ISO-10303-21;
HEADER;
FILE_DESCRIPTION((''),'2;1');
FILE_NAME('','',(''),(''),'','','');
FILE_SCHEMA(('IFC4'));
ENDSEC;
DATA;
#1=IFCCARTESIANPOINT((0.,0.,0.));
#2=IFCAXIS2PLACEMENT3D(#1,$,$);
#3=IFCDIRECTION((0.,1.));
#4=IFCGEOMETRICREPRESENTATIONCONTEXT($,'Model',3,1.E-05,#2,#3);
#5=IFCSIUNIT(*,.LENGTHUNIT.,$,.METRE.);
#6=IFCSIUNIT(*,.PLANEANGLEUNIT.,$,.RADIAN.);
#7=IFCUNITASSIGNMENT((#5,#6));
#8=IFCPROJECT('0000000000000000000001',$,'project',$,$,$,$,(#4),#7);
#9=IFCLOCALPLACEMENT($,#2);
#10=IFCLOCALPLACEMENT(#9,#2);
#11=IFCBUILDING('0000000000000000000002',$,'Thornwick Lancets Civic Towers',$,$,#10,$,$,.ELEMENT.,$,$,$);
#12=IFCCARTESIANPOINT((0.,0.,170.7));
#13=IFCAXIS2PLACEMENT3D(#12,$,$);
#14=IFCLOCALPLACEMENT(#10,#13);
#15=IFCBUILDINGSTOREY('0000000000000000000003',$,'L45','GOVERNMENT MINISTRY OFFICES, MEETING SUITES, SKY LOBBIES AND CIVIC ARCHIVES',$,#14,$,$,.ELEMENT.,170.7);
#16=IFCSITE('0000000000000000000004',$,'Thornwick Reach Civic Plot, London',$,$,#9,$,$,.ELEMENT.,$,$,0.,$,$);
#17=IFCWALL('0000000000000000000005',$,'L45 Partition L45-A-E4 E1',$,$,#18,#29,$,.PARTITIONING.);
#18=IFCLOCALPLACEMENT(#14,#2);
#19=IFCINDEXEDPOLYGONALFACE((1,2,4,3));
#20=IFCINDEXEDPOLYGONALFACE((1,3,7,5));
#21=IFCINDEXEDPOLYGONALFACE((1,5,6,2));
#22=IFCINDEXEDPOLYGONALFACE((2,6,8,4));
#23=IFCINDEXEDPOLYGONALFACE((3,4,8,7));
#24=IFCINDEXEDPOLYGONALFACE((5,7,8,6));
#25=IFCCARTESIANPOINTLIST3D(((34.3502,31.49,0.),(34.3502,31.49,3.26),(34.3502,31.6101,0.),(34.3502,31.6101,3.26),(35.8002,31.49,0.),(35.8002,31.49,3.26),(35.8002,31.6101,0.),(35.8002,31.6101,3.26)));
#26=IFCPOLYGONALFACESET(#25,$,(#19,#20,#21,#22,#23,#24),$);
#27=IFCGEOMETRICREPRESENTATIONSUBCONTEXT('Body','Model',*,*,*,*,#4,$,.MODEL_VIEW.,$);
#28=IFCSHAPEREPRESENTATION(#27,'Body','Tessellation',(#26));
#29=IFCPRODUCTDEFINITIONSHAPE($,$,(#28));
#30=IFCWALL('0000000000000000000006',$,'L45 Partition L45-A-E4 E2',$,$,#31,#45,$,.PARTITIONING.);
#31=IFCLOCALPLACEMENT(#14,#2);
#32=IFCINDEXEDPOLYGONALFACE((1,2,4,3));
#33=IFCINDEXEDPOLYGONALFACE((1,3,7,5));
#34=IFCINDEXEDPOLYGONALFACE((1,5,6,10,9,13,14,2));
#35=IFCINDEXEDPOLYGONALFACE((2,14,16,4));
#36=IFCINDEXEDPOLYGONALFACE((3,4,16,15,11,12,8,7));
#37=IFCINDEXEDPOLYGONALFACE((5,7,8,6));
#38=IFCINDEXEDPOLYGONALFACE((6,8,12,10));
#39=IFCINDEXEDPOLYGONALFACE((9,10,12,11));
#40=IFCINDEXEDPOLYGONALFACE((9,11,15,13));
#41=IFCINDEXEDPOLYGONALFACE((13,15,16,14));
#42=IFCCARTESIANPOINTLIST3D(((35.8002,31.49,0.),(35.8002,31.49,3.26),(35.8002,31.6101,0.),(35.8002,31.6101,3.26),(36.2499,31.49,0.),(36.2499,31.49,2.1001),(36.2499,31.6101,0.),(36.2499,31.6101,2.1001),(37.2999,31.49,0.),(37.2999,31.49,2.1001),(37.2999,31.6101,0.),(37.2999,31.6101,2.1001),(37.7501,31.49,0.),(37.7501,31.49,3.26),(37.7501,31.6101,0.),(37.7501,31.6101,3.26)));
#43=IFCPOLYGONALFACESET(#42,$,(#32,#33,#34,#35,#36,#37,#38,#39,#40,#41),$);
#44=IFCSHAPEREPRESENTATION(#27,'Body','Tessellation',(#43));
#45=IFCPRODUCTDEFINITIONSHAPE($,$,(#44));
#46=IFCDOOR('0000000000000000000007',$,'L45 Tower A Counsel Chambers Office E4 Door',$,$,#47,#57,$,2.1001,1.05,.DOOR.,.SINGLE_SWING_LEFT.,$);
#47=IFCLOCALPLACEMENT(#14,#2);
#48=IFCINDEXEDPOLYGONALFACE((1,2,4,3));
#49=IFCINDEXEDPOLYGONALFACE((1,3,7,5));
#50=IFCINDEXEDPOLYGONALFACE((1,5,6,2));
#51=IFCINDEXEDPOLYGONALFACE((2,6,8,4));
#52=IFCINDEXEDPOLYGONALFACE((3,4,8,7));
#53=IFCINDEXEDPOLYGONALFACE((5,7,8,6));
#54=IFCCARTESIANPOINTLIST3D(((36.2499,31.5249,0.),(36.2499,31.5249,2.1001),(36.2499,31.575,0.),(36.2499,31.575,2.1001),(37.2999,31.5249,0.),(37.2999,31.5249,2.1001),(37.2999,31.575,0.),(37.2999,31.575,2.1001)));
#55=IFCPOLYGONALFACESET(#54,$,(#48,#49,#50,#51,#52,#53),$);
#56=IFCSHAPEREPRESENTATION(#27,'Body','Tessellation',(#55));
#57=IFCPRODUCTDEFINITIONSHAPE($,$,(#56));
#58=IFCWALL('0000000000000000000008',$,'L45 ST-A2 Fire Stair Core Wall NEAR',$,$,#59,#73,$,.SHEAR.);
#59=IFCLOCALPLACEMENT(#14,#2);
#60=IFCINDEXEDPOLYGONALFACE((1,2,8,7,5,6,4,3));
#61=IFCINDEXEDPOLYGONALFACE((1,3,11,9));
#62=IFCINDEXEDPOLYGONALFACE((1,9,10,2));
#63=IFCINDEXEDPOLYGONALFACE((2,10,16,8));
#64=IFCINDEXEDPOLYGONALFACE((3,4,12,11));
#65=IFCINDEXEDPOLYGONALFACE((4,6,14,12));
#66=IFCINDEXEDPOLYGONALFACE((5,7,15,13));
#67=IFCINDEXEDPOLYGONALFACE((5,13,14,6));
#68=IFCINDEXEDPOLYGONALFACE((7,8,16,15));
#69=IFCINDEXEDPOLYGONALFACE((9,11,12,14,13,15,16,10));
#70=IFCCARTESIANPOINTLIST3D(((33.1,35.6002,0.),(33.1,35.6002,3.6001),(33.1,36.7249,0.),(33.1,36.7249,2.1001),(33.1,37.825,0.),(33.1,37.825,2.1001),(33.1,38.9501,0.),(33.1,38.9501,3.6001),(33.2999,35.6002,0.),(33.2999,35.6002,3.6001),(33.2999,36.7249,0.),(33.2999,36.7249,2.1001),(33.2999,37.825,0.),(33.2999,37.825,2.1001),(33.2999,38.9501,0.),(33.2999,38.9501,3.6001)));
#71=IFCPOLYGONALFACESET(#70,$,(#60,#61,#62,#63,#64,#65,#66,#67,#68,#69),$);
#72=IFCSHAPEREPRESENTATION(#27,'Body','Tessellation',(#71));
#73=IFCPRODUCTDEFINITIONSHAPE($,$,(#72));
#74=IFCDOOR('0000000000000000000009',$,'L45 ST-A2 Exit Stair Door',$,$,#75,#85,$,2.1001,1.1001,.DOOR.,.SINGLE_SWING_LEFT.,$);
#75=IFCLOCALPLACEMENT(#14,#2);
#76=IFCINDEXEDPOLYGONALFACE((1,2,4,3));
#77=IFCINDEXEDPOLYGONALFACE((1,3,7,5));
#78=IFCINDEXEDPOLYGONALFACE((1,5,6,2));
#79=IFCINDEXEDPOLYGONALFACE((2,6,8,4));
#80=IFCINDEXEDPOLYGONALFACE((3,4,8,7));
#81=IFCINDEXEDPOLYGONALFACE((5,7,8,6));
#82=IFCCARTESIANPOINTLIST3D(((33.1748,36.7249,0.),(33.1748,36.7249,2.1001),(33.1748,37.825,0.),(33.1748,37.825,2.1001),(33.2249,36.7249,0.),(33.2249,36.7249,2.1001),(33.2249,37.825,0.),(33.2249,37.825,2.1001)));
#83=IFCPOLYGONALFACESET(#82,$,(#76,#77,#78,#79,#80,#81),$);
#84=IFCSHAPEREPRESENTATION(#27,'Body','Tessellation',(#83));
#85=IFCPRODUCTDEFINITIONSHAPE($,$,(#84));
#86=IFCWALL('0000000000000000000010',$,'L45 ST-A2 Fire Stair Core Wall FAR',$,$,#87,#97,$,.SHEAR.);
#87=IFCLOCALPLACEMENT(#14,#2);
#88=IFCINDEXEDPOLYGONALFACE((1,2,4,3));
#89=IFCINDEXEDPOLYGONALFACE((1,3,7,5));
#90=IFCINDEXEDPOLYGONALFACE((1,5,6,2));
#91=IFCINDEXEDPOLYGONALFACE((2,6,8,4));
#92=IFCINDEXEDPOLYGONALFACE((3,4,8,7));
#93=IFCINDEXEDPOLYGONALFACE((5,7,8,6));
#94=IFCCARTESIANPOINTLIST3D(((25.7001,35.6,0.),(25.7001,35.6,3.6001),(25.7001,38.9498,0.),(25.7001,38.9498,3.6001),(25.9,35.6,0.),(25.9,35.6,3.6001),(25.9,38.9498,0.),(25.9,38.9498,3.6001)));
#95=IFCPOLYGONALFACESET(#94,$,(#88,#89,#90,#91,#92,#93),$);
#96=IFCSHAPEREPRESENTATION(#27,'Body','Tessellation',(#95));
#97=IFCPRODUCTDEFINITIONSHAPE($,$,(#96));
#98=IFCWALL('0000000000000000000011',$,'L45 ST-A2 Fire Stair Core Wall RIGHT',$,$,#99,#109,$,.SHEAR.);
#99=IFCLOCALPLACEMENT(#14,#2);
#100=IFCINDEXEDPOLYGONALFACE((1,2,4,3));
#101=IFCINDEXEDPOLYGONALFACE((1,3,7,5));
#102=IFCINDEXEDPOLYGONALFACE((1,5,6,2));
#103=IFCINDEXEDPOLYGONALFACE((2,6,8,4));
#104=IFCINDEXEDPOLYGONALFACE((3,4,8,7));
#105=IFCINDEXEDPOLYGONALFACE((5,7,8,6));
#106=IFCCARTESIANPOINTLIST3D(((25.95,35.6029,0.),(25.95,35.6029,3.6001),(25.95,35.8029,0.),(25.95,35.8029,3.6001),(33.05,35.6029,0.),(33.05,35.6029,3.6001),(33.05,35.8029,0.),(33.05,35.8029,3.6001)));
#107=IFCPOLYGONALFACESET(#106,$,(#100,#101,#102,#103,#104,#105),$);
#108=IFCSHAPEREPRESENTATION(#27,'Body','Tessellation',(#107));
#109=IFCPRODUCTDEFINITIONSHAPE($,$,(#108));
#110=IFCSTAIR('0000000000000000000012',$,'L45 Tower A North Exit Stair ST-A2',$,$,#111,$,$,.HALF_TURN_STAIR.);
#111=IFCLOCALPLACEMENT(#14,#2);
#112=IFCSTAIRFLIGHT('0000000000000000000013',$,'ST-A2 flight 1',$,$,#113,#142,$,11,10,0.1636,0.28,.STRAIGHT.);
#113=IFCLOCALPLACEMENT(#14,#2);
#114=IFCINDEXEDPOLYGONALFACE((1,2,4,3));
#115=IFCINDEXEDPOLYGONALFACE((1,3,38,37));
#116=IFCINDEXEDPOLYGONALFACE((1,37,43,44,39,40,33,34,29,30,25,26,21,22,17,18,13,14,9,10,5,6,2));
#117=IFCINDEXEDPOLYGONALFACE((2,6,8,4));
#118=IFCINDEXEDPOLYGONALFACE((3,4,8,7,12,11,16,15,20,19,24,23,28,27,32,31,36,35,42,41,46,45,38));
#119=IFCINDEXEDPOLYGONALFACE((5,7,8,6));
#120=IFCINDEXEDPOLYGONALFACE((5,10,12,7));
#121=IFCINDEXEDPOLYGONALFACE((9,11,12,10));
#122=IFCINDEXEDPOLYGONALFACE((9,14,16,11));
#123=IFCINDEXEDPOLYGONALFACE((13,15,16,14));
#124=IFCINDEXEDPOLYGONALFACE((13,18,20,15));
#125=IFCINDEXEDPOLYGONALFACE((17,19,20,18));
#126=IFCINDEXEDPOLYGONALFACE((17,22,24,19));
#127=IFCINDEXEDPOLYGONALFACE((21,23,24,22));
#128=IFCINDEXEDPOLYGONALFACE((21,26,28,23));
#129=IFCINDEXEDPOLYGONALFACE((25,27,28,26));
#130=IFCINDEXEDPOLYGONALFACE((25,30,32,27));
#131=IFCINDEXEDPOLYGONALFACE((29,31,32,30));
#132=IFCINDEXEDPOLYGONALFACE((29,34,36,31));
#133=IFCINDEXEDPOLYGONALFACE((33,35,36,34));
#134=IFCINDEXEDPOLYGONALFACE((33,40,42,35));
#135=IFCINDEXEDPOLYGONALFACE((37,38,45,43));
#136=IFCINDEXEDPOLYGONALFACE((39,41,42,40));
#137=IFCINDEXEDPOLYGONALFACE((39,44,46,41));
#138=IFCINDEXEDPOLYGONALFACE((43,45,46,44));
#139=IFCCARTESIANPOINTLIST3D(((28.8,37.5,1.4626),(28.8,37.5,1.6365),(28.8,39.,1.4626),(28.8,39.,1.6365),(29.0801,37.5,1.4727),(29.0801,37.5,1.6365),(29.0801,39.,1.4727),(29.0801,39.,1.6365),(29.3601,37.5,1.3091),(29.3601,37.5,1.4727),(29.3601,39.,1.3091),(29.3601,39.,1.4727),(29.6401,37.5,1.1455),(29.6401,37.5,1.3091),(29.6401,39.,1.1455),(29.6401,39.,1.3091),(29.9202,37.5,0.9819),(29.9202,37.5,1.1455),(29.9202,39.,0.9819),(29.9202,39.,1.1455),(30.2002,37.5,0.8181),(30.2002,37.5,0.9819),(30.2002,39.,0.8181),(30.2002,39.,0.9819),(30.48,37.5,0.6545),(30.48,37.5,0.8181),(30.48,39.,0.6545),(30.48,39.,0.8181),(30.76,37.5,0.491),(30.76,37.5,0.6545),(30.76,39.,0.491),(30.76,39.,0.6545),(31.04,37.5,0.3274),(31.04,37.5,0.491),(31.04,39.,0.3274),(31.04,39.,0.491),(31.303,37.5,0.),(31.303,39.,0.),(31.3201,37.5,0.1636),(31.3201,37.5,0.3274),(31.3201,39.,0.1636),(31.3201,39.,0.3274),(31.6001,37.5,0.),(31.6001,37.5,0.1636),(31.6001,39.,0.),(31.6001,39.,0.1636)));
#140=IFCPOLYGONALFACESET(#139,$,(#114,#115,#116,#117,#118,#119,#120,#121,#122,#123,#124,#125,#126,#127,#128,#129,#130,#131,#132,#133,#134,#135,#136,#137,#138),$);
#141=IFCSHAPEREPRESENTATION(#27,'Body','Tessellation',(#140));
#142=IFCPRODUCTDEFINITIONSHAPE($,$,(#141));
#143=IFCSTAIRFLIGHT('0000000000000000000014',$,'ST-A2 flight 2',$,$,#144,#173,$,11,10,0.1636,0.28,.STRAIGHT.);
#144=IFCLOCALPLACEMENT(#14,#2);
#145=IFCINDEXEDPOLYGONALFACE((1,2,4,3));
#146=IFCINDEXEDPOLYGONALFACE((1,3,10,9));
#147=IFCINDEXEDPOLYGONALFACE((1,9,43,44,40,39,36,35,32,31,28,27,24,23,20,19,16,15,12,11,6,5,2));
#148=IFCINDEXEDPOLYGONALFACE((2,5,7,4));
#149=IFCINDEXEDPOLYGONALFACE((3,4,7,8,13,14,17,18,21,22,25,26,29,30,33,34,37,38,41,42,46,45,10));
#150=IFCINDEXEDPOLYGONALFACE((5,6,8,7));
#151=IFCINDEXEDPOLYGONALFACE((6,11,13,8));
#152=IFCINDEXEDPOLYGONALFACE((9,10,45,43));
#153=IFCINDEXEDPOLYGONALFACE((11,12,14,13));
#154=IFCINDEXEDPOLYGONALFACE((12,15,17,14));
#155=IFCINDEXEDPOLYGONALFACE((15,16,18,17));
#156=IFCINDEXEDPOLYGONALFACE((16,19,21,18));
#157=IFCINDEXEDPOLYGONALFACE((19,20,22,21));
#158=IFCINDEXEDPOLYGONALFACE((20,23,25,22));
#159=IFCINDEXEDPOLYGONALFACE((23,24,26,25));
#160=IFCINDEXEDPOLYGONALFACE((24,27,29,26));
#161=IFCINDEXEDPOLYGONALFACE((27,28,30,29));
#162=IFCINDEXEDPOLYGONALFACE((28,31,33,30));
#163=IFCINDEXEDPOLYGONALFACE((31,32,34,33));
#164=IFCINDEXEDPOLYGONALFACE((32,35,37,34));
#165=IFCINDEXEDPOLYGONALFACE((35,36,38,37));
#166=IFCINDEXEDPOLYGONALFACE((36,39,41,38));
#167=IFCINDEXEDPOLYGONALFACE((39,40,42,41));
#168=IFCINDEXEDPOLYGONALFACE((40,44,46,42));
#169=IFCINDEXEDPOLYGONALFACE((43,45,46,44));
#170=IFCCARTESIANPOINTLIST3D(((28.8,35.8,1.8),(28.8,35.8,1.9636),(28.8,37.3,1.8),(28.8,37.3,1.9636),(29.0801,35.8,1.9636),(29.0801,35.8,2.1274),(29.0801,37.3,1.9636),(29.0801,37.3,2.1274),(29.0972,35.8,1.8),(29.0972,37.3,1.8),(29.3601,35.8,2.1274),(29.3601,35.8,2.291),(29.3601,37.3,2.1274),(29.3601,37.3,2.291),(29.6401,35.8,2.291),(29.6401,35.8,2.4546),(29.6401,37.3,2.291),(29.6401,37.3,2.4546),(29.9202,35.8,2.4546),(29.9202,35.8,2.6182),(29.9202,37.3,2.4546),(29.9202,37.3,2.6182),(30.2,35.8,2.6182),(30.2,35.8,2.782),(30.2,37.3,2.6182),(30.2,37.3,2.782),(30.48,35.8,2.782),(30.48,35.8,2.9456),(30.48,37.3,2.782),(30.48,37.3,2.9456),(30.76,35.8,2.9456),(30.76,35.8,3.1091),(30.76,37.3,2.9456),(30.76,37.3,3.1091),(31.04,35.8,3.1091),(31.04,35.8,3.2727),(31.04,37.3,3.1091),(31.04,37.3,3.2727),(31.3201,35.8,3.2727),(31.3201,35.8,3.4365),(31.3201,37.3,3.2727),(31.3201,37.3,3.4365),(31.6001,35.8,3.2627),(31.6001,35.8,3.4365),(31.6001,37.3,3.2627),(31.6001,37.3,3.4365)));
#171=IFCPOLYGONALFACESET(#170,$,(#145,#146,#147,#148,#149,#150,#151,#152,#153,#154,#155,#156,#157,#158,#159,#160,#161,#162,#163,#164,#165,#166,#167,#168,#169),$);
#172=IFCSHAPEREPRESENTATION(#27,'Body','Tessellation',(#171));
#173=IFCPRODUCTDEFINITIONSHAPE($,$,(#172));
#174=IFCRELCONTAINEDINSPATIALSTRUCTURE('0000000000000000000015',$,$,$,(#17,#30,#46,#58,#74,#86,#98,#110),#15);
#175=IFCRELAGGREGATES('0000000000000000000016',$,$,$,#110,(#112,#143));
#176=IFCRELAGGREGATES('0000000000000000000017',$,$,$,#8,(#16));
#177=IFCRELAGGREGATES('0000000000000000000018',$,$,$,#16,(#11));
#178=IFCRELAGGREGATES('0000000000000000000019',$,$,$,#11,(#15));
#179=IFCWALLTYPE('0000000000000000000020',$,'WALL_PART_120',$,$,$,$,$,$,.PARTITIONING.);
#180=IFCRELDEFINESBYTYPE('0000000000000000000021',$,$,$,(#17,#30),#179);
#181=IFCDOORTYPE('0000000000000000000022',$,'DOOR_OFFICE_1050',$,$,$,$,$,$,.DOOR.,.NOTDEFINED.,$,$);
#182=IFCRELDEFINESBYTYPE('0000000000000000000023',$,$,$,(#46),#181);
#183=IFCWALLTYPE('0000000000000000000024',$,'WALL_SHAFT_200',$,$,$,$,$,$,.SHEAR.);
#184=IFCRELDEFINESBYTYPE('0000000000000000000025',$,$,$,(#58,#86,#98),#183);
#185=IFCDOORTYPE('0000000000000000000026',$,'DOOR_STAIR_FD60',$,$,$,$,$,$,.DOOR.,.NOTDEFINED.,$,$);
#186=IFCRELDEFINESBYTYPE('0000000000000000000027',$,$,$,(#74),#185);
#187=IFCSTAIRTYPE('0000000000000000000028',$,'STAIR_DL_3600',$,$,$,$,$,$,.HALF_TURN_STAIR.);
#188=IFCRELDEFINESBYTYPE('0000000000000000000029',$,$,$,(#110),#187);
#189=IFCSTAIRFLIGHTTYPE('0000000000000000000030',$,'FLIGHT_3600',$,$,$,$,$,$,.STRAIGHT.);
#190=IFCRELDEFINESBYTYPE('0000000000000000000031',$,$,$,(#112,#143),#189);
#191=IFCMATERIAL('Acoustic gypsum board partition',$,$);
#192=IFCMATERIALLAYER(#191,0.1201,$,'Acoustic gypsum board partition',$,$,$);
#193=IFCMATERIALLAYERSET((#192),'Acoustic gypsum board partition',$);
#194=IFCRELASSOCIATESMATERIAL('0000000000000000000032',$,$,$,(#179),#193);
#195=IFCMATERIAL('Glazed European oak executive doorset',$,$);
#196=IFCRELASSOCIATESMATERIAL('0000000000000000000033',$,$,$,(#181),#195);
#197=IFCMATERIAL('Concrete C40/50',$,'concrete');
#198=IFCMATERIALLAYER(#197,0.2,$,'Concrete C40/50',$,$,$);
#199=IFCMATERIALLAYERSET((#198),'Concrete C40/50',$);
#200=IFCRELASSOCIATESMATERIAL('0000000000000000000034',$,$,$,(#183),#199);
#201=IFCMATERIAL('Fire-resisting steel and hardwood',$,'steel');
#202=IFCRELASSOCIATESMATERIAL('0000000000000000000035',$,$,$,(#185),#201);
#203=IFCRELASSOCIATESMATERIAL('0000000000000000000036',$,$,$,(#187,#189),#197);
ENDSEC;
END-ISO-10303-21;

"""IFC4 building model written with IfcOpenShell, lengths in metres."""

from ifc_helpers import new_model, si_unit, direction, frame, frame_2d, origin, place, context, subcontext, project, spatial, polyline, rectangle, outline, extrude, material, layer, layer_set, type_object, element, fill, aggregate, save


model = new_model("IFC4")

# Units and contexts
model_context = context("Model", 3, precision=1e-05, world=origin(), true_north=direction((0.0, 1.0)))
body_context = subcontext(model_context, "Body", "Model", "MODEL_VIEW")
ifc_project = project(units=[si_unit("LENGTHUNIT", "METRE"), si_unit("PLANEANGLEUNIT", "RADIAN")], contexts=[model_context])

# Site, building, storey
site_placement = place(None, origin())
site = spatial("IfcSite", under=ifc_project, at=site_placement, Name="Thornwick Reach Civic Plot, London", CompositionType="ELEMENT", RefElevation=0.0)
building_placement = place(site_placement, origin())
building = spatial("IfcBuilding", under=site, at=building_placement, Name="Thornwick Lancets Civic Towers", CompositionType="ELEMENT")
storey_placement = place(building_placement, frame((0.0, 0.0, 170.7)))
storey = spatial("IfcBuildingStorey", under=building, at=storey_placement, Name="L45", Description="GOVERNMENT MINISTRY OFFICES, MEETING SUITES, SKY LOBBIES AND CIVIC ARCHIVES", CompositionType="ELEMENT", Elevation=170.7)

# Shared definitions
ifc_material_1 = material(Name="Concrete C40/50", Category="concrete")

# Wall
ifc_material_2 = material(Name="Acoustic gypsum board partition")
ifc_layer_1 = layer(ifc_material_2, 0.1201, Name="Acoustic gypsum board partition")
ifc_layer_set_1 = layer_set([ifc_layer_1], Name="Acoustic gypsum board partition")
wall_type_1 = type_object("IfcWallType", Name="WALL_PART_120", PredefinedType="PARTITIONING", material=ifc_layer_set_1)
wall_1_placement = place(storey_placement, frame((34.3501, 31.55, 0.0), z_axis=(0.0, 0.0, 1.0), x_axis=(1.0, 0.0, 0.0)))
element("IfcWall", 1, at=wall_1_placement, inside=storey, type_object=wall_type_1, Name="L45 Partition L45-A-E4 E1", PredefinedType="PARTITIONING", context=body_context, shape_type="SweptSolid", body=[
    extrude(rectangle(XDim=1.45, YDim=0.1201, at=frame_2d((0.7251, 0.0))), origin(), (0.0, 0.0, 1.0), 3.26),
])

# Walls, openings, doors
wall_2_placement = place(storey_placement, frame((35.8, 31.55, 0.0), z_axis=(0.0, 0.0, 1.0), x_axis=(1.0, 0.0, 0.0)))
wall_2 = element("IfcWall", 2, at=wall_2_placement, inside=storey, type_object=wall_type_1, Name="L45 Partition L45-A-E4 E2", PredefinedType="PARTITIONING", context=body_context, shape_type="SweptSolid", body=[
    extrude(rectangle(XDim=1.95, YDim=0.1201, at=frame_2d((0.9751, 0.0))), origin(), (0.0, 0.0, 1.0), 3.26),
])
opening_1_placement = place(wall_2_placement, frame((0.45, 0.0, 0.0)))
opening_1 = element("IfcOpeningElement", 3, at=opening_1_placement, cuts=wall_2, PredefinedType="OPENING", context=body_context, shape_type="SweptSolid", body=[
    extrude(rectangle(XDim=1.05, YDim=2.1001, at=frame_2d((0.5249, 1.05))), frame((0.0, 0.0701, 0.0), z_axis=(0.0, -1.0, 0.0), x_axis=(1.0, 0.0, 0.0)), (0.0, 0.0, 1.0), 0.1401),
])
ifc_material_3 = material(Name="Glazed European oak executive doorset")
door_type_1 = type_object("IfcDoorType", Name="DOOR_OFFICE_1050", OperationType="NOTDEFINED", PredefinedType="DOOR", material=ifc_material_3)
door_1_placement = place(opening_1_placement, origin())
door_1 = element("IfcDoor", 4, at=door_1_placement, inside=storey, type_object=door_type_1, Name="L45 Tower A Counsel Chambers Office E4 Door", OperationType="SINGLE_SWING_LEFT", OverallHeight=2.1001, OverallWidth=1.05, PredefinedType="DOOR", context=body_context, shape_type="SweptSolid", body=[
    extrude(rectangle(XDim=1.05, YDim=2.1001, at=frame_2d((0.5249, 1.05))), frame((0.0, 0.0249, 0.0), z_axis=(0.0, -1.0, 0.0), x_axis=(1.0, 0.0, 0.0)), (0.0, 0.0, 1.0), 0.05),
])
fill(opening_1, door_1)
ifc_layer_2 = layer(ifc_material_1, 0.2, Name="Concrete C40/50")
ifc_layer_set_2 = layer_set([ifc_layer_2], Name="Concrete C40/50")
wall_type_2 = type_object("IfcWallType", Name="WALL_SHAFT_200", PredefinedType="SHEAR", material=ifc_layer_set_2)
wall_3_placement = place(storey_placement, frame((33.2, 38.95, 0.0), z_axis=(0.0, 0.0, 1.0), x_axis=(0.0, -1.0, 0.0)))
wall_3 = element("IfcWall", 5, at=wall_3_placement, inside=storey, type_object=wall_type_2, Name="L45 ST-A2 Fire Stair Core Wall NEAR", PredefinedType="SHEAR", context=body_context, shape_type="SweptSolid", body=[
    extrude(rectangle(XDim=3.3499, YDim=0.2, at=frame_2d((1.6748, 0.0))), origin(), (0.0, 0.0, 1.0), 3.6001),
])
opening_2_placement = place(wall_3_placement, frame((1.125, 0.0, 0.0)))
opening_2 = element("IfcOpeningElement", 6, at=opening_2_placement, cuts=wall_3, PredefinedType="OPENING", context=body_context, shape_type="SweptSolid", body=[
    extrude(rectangle(XDim=1.1001, YDim=2.1001, at=frame_2d((0.55, 1.05))), frame((0.0, 0.1099, 0.0), z_axis=(0.0, -1.0, 0.0), x_axis=(1.0, 0.0, 0.0)), (0.0, 0.0, 1.0), 0.22),
])
ifc_material_4 = material(Name="Fire-resisting steel and hardwood", Category="steel")
door_type_2 = type_object("IfcDoorType", Name="DOOR_STAIR_FD60", OperationType="NOTDEFINED", PredefinedType="DOOR", material=ifc_material_4)
door_2_placement = place(opening_2_placement, origin())
door_2 = element("IfcDoor", 7, at=door_2_placement, inside=storey, type_object=door_type_2, Name="L45 ST-A2 Exit Stair Door", OperationType="SINGLE_SWING_LEFT", OverallHeight=2.1001, OverallWidth=1.1001, PredefinedType="DOOR", context=body_context, shape_type="SweptSolid", body=[
    extrude(rectangle(XDim=1.1001, YDim=2.1001, at=frame_2d((0.55, 1.05))), frame((0.0, 0.0249, 0.0), z_axis=(0.0, -1.0, 0.0), x_axis=(1.0, 0.0, 0.0)), (0.0, 0.0, 1.0), 0.05),
])
fill(opening_2, door_2)

# Walls
wall_4_placement = place(storey_placement, frame((25.8, 35.6001, 0.0), z_axis=(0.0, 0.0, 1.0), x_axis=(0.0, 1.0, 0.0)))
element("IfcWall", 8, at=wall_4_placement, inside=storey, type_object=wall_type_2, Name="L45 ST-A2 Fire Stair Core Wall FAR", PredefinedType="SHEAR", context=body_context, shape_type="SweptSolid", body=[
    extrude(rectangle(XDim=3.3499, YDim=0.2, at=frame_2d((1.6748, 0.0))), origin(), (0.0, 0.0, 1.0), 3.6001),
])
wall_5_placement = place(storey_placement, frame((25.95, 35.7029, 0.0), z_axis=(0.0, 0.0, 1.0), x_axis=(1.0, 0.0, 0.0)))
element("IfcWall", 9, at=wall_5_placement, inside=storey, type_object=wall_type_2, Name="L45 ST-A2 Fire Stair Core Wall RIGHT", PredefinedType="SHEAR", context=body_context, shape_type="SweptSolid", body=[
    extrude(rectangle(XDim=7.1001, YDim=0.2, at=frame_2d((3.55, 0.0))), origin(), (0.0, 0.0, 1.0), 3.6001),
])

# Stair, stair flights
stair_type = type_object("IfcStairType", Name="STAIR_DL_3600", PredefinedType="HALF_TURN_STAIR", material=ifc_material_1)
stair_placement = place(storey_placement, origin())
stair = element("IfcStair", 10, at=stair_placement, inside=storey, type_object=stair_type, Name="L45 Tower A North Exit Stair ST-A2", PredefinedType="HALF_TURN_STAIR")
stair_flight_type = type_object("IfcStairFlightType", Name="FLIGHT_3600", PredefinedType="STRAIGHT", material=ifc_material_1)
stair_flight_1_placement = place(storey_placement, frame((31.6001, 38.25, 0.0), z_axis=(0.0, 0.0, 1.0), x_axis=(-1.0, 0.0, 0.0)))
stair_flight_1 = element("IfcStairFlight", 11, at=stair_flight_1_placement, type_object=stair_flight_type, Name="ST-A2 flight 1", NumberOfRisers=11, NumberOfTreads=10, PredefinedType="STRAIGHT", RiserHeight=0.1636, TreadLength=0.28, context=body_context, shape_type="SweptSolid", body=[
    extrude(outline(polyline([(0.0, 0.0), (0.0, 0.1636), (0.28, 0.1636), (0.28, 0.3274), (0.5601, 0.3274), (0.5601, 0.491), (0.8401, 0.491), (0.8401, 0.6545), (1.1201, 0.6545), (1.1201, 0.8181), (1.3999, 0.8181), (1.3999, 0.9819), (1.6799, 0.9819), (1.6799, 1.1455), (1.96, 1.1455), (1.96, 1.3091), (2.24, 1.3091), (2.24, 1.4727), (2.52, 1.4727), (2.52, 1.6365), (2.8, 1.6365), (2.8, 1.8), (2.8, 1.4626), (0.2971, 0.0), (0.0, 0.0)])), frame((0.0, 0.75, 0.0), z_axis=(0.0, -1.0, 0.0), x_axis=(1.0, 0.0, 0.0)), (0.0, 0.0, 1.0), 1.5),
])
stair_flight_2_placement = place(storey_placement, frame((28.8, 36.55, 1.8), z_axis=(0.0, 0.0, 1.0), x_axis=(1.0, 0.0, 0.0)))
stair_flight_2 = element("IfcStairFlight", 12, at=stair_flight_2_placement, type_object=stair_flight_type, Name="ST-A2 flight 2", NumberOfRisers=11, NumberOfTreads=10, PredefinedType="STRAIGHT", RiserHeight=0.1636, TreadLength=0.28, context=body_context, shape_type="SweptSolid", body=[
    extrude(outline(polyline([(0.0, 0.0), (0.0, 0.1636), (0.28, 0.1636), (0.28, 0.3274), (0.5601, 0.3274), (0.5601, 0.491), (0.8401, 0.491), (0.8401, 0.6545), (1.1201, 0.6545), (1.1201, 0.8181), (1.3999, 0.8181), (1.3999, 0.9819), (1.6799, 0.9819), (1.6799, 1.1455), (1.96, 1.1455), (1.96, 1.3091), (2.24, 1.3091), (2.24, 1.4727), (2.52, 1.4727), (2.52, 1.6365), (2.8, 1.6365), (2.8, 1.8), (2.8, 1.4626), (0.2971, 0.0), (0.0, 0.0)])), frame((0.0, 0.75, 0.0), z_axis=(0.0, -1.0, 0.0), x_axis=(1.0, 0.0, 0.0)), (0.0, 0.0, 1.0), 1.5),
])
aggregate(stair, [stair_flight_1, stair_flight_2])

save(model, "model.ifc")
